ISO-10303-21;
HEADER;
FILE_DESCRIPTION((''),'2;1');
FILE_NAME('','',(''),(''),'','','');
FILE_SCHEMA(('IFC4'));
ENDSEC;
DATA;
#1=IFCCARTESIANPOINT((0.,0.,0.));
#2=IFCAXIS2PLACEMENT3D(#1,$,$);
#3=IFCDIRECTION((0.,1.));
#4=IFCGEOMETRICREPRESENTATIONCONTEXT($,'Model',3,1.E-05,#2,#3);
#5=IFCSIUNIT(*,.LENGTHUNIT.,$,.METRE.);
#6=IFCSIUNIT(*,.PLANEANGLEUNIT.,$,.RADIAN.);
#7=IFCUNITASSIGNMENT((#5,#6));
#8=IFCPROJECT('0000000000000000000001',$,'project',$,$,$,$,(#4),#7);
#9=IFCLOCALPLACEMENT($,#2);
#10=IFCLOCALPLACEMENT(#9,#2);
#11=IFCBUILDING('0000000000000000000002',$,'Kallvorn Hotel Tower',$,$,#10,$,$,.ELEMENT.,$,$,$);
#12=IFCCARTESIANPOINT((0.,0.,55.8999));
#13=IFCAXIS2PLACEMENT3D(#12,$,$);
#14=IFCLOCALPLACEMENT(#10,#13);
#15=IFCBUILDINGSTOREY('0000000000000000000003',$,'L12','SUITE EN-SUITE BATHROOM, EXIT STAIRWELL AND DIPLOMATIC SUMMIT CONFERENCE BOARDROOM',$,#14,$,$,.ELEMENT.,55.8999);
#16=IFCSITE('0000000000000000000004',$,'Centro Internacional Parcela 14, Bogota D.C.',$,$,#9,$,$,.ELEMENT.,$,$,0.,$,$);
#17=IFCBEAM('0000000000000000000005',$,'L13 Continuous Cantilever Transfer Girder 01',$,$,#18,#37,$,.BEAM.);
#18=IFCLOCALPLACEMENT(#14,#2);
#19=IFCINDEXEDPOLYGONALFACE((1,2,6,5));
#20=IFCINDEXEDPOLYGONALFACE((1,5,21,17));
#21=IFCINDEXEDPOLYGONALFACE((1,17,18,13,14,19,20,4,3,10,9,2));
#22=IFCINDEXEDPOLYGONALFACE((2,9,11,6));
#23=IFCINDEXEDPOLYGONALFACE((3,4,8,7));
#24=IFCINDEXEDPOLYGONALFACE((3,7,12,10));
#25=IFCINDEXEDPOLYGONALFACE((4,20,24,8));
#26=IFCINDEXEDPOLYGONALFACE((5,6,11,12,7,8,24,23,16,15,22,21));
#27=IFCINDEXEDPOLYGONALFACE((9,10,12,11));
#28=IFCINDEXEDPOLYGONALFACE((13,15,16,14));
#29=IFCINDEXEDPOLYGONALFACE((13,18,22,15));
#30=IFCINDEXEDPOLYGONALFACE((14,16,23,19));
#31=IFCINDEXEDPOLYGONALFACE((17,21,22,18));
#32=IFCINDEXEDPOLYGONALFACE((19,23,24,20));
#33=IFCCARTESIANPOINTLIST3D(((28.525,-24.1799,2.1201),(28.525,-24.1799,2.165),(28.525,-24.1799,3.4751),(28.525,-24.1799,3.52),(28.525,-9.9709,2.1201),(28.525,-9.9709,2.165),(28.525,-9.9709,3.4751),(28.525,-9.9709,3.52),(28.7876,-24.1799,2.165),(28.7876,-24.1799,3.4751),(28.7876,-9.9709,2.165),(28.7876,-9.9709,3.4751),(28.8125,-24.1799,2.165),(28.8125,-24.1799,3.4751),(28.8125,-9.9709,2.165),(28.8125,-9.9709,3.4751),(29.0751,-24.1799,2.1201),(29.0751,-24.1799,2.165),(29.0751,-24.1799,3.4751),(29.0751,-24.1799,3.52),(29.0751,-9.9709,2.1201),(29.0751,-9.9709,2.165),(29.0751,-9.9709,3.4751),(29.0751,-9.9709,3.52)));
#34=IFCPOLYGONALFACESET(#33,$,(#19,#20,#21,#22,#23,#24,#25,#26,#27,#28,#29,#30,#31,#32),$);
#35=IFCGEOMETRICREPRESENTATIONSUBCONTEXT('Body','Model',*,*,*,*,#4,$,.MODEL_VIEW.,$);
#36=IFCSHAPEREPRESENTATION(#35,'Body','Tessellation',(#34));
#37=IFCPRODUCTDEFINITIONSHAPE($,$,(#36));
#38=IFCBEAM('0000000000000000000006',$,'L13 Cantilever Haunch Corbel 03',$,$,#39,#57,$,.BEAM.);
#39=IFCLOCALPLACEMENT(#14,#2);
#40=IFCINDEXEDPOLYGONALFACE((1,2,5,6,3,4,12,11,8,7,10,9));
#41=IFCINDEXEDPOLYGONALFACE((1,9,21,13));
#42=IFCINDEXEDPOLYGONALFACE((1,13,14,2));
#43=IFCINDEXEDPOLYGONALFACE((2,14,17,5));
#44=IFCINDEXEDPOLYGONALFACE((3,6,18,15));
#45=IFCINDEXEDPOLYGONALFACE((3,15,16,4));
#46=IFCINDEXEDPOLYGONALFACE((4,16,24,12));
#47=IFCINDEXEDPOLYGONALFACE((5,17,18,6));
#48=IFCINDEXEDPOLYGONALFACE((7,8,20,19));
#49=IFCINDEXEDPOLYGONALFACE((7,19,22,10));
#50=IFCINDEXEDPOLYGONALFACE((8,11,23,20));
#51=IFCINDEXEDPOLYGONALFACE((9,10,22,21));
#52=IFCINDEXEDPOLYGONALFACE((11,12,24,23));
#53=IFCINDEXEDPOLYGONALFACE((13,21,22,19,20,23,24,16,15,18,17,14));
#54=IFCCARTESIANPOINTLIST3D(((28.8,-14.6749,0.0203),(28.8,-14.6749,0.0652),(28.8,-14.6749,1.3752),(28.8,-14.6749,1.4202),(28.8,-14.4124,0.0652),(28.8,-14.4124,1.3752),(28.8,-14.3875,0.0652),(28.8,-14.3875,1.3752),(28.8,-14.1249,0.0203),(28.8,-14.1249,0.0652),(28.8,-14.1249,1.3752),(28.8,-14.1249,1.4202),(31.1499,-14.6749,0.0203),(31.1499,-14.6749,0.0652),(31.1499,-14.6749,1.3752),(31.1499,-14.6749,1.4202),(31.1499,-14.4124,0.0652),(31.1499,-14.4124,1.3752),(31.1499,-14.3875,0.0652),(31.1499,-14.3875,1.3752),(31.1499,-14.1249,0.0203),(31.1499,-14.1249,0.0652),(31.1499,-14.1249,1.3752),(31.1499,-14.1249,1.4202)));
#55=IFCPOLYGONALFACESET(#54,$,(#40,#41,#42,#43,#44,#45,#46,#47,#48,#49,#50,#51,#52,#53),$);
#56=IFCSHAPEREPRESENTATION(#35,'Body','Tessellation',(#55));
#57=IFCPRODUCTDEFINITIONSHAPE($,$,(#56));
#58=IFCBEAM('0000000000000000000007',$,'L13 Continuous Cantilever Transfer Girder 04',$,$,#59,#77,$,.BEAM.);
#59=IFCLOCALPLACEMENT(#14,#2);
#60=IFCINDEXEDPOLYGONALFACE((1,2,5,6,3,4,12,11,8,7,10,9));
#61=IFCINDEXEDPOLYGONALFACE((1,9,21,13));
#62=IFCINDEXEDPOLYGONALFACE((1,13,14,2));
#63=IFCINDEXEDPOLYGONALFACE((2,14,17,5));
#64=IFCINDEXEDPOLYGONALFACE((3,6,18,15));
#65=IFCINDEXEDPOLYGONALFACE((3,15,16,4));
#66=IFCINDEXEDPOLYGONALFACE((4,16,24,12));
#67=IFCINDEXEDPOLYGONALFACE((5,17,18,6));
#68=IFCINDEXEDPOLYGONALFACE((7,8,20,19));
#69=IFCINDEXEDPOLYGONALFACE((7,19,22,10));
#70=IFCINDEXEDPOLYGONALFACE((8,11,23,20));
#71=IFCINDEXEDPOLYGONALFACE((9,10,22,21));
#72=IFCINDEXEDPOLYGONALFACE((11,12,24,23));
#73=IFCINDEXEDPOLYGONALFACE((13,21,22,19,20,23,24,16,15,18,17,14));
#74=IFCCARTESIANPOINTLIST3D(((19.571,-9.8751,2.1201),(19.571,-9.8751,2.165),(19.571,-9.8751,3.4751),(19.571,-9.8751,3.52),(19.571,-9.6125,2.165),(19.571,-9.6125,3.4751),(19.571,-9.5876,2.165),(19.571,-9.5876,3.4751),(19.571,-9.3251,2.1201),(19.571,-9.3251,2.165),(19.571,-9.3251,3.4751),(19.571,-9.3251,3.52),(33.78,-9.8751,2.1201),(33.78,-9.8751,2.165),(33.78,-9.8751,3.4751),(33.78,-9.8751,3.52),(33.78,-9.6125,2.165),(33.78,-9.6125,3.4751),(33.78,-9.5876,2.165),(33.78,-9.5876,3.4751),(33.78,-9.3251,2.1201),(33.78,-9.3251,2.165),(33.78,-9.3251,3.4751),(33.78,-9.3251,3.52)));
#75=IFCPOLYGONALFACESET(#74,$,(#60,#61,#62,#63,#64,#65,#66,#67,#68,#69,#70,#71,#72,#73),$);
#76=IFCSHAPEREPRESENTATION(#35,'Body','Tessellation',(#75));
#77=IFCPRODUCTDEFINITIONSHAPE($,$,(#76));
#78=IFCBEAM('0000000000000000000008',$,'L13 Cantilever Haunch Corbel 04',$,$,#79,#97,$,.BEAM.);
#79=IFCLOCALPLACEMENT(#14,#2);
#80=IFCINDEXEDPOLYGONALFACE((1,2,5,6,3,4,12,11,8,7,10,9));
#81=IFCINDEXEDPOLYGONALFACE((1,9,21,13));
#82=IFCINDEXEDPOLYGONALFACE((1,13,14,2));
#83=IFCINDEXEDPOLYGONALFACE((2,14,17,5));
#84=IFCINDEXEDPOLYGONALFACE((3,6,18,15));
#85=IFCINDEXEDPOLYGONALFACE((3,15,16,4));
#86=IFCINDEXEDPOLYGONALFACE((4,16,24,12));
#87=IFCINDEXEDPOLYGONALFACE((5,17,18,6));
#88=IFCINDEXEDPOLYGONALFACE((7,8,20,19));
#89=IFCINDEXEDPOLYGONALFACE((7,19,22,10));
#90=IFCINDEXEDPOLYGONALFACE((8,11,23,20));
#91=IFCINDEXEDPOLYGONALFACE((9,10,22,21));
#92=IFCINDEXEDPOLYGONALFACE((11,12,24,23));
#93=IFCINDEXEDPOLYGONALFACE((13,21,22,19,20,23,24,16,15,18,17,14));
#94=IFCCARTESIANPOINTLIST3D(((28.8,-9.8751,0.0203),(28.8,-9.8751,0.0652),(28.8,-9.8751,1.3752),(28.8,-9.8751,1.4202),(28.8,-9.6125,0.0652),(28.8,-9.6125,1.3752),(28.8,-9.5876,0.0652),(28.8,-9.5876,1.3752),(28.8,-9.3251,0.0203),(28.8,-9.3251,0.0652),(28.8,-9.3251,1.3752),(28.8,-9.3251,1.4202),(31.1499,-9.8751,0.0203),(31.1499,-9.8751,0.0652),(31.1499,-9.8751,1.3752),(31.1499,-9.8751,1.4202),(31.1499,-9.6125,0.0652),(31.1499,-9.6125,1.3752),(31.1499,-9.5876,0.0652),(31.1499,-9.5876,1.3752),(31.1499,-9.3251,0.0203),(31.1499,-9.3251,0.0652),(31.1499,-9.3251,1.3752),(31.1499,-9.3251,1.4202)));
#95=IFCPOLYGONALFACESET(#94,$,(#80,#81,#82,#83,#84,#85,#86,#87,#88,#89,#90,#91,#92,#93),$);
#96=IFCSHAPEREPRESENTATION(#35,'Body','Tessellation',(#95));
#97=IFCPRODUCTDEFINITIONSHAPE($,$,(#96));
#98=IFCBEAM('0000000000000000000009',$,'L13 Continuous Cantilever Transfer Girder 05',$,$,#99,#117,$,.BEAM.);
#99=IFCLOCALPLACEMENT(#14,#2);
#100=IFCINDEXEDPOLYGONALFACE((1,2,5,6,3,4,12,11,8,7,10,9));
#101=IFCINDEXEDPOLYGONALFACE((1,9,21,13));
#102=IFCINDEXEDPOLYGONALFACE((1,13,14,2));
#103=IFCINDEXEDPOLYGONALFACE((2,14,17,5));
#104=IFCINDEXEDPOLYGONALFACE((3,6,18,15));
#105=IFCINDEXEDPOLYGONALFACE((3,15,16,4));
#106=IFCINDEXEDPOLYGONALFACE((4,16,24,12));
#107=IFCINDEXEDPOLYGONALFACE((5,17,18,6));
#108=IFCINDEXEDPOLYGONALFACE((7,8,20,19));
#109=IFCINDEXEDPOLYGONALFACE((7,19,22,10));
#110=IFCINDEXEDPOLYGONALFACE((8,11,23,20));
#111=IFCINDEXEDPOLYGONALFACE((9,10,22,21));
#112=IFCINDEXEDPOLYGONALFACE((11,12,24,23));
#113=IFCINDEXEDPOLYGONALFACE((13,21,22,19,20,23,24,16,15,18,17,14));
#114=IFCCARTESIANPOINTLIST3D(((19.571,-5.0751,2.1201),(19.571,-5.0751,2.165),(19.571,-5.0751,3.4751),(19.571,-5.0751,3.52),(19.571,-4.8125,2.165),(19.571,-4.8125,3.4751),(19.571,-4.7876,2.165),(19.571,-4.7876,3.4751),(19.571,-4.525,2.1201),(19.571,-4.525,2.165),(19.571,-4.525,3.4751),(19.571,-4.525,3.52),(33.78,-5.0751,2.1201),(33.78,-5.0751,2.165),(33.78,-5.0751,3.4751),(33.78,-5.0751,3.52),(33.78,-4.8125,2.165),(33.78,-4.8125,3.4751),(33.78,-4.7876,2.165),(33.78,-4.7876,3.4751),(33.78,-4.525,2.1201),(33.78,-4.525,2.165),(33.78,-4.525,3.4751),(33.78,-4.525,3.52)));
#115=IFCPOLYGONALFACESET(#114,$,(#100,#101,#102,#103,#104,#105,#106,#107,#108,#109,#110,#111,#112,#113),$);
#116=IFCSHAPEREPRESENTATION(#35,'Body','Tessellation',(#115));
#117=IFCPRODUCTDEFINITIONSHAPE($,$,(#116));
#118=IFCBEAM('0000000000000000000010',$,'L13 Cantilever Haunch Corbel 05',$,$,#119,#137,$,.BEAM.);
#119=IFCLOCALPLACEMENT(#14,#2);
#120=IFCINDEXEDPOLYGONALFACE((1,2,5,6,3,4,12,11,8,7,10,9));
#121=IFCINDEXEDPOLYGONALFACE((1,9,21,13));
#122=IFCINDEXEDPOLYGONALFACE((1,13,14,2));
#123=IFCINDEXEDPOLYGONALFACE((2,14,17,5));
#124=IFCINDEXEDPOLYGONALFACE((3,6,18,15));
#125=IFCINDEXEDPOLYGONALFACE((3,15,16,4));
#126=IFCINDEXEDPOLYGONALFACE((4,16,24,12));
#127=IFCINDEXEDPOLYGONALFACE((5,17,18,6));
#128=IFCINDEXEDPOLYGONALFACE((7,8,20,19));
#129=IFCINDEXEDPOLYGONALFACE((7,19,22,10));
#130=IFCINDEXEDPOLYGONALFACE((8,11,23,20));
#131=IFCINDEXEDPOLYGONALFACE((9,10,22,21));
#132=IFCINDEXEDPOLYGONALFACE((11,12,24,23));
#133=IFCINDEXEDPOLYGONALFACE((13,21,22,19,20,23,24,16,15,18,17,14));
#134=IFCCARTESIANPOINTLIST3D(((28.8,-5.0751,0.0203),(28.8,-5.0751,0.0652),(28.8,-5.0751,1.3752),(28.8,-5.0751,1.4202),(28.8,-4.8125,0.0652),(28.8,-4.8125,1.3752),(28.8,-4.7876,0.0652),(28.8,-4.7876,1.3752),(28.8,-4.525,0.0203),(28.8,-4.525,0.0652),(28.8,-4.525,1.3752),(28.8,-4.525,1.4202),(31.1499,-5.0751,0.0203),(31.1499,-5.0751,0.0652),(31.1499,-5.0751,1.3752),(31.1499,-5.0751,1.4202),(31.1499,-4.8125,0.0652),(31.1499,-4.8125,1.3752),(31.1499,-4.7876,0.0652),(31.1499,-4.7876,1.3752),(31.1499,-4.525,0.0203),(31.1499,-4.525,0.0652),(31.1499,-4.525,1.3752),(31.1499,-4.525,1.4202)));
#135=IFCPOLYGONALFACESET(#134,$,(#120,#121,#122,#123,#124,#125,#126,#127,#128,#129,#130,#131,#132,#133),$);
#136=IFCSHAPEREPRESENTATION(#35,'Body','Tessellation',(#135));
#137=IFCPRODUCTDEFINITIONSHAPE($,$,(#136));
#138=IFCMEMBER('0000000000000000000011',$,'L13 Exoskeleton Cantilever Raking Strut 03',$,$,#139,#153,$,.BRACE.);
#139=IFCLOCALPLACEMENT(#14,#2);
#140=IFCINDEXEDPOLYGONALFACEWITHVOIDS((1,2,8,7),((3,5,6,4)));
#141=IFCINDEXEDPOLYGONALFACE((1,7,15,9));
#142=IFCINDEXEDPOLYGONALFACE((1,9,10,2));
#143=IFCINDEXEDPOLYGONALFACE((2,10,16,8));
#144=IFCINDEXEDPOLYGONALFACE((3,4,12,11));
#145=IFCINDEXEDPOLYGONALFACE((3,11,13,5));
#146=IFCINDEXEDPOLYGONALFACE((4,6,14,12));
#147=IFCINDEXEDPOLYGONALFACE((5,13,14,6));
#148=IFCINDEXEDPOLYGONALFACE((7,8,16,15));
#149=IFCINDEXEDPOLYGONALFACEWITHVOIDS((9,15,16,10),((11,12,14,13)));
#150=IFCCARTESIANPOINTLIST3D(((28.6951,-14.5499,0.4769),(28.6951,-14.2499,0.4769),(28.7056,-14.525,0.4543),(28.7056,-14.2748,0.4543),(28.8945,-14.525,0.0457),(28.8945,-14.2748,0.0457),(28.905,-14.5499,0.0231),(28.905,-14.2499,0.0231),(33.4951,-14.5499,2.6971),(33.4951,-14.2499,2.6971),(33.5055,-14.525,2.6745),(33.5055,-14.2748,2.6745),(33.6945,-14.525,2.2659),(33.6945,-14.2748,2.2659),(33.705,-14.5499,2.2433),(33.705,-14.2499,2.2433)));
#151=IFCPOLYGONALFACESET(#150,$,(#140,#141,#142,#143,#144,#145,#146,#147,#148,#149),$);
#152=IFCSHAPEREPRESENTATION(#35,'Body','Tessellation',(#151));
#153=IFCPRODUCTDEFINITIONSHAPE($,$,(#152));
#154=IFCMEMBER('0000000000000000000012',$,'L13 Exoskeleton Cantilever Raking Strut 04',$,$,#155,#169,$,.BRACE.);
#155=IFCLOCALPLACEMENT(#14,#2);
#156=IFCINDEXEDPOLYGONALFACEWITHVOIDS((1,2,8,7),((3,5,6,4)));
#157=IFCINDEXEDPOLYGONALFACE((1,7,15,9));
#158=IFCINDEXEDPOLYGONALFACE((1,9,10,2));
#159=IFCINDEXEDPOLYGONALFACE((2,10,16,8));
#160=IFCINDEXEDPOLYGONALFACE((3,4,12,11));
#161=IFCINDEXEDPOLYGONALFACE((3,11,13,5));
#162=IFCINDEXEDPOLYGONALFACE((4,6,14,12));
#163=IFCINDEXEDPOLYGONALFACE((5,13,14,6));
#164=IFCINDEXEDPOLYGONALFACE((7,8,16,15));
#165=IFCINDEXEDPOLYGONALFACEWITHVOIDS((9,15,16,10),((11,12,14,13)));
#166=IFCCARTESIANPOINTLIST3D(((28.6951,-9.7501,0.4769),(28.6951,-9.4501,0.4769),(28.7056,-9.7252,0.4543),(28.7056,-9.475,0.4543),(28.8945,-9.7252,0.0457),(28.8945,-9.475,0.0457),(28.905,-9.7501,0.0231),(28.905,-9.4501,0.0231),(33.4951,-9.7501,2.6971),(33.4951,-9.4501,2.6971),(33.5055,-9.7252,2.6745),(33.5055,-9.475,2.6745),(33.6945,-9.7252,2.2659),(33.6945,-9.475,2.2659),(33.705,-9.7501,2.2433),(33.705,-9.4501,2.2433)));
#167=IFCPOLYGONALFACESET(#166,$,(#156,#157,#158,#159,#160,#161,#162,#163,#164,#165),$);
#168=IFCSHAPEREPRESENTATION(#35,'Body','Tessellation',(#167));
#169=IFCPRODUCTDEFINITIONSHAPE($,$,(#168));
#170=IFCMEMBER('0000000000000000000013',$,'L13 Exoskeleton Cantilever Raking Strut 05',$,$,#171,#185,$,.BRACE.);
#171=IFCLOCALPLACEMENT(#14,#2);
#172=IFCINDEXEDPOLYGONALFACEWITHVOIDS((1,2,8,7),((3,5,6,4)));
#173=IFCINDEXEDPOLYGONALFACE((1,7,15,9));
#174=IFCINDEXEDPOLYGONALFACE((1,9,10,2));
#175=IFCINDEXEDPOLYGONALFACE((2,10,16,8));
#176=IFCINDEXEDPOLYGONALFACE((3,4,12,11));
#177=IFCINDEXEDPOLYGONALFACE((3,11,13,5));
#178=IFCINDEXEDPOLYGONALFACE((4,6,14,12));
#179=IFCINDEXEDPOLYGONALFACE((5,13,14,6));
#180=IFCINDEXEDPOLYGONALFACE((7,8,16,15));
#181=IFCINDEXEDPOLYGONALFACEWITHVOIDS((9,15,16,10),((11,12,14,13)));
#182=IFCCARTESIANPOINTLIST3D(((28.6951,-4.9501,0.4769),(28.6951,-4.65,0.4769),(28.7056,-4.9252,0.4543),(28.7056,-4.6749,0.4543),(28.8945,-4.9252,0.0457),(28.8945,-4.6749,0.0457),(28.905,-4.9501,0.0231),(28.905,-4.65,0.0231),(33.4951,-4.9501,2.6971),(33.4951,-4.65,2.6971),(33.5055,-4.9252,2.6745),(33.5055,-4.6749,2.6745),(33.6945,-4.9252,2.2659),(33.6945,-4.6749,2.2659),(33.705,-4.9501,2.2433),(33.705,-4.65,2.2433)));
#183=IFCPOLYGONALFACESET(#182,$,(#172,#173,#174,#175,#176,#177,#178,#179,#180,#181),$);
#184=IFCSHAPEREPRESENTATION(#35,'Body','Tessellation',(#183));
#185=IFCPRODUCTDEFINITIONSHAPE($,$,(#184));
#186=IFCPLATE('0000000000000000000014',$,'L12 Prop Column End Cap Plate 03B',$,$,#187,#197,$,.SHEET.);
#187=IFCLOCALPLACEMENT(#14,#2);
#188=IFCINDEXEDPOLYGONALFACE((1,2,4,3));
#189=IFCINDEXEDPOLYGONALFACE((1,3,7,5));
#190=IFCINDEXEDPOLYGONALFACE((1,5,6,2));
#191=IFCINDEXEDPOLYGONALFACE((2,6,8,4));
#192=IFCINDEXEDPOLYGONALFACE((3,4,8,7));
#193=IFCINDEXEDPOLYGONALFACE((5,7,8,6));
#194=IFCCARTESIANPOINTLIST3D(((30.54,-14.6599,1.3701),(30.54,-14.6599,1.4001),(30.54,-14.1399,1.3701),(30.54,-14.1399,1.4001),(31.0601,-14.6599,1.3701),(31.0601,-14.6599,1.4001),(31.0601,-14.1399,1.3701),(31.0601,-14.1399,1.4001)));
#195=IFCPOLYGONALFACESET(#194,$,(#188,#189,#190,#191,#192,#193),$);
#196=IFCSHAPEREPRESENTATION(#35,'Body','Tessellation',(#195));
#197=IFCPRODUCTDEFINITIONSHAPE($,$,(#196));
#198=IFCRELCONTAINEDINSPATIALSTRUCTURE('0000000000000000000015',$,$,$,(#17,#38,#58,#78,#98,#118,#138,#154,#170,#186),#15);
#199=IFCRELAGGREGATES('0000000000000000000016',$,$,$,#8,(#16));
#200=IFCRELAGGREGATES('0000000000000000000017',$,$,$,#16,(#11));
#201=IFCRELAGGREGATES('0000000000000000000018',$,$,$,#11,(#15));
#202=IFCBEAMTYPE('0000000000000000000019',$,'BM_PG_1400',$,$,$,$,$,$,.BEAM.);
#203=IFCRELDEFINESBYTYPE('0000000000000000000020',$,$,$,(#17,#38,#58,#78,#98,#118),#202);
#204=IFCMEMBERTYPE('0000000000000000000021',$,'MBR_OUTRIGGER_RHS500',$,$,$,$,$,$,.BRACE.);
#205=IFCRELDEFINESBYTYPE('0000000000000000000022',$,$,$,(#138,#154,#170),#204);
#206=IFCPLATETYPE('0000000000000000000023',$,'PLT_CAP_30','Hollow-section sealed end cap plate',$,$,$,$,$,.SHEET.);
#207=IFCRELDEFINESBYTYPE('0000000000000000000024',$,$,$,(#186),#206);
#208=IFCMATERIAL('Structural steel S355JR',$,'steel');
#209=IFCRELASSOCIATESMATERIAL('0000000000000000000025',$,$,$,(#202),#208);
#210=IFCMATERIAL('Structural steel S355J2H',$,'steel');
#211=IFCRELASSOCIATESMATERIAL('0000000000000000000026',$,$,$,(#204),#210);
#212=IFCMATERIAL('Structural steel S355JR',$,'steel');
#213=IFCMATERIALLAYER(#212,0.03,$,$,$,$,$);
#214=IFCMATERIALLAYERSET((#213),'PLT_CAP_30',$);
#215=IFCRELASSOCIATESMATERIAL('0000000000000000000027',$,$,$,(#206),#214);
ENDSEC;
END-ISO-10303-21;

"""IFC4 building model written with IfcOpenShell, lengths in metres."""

from ifc_helpers import new_model, si_unit, direction, frame, origin, origin_2d, place, context, subcontext, project, spatial, rectangle, hollow_rectangle, i_section, extrude, material, layer, layer_set, material_profile, profile_set, type_object, element, save


model = new_model("IFC4")

# Units and contexts
model_context = context("Model", 3, precision=1e-05, world=origin(), true_north=direction((0.0, 1.0)))
body_context = subcontext(model_context, "Body", "Model", "MODEL_VIEW")
ifc_project = project(units=[si_unit("LENGTHUNIT", "METRE"), si_unit("PLANEANGLEUNIT", "RADIAN")], contexts=[model_context])

# Site, building, storey
site_placement = place(None, origin())
site = spatial("IfcSite", under=ifc_project, at=site_placement, Name="Centro Internacional Parcela 14, Bogota D.C.", CompositionType="ELEMENT", RefElevation=0.0)
building_placement = place(site_placement, origin())
building = spatial("IfcBuilding", under=site, at=building_placement, Name="Kallvorn Hotel Tower", CompositionType="ELEMENT")
storey_placement = place(building_placement, frame((0.0, 0.0, 55.8999)))
storey = spatial("IfcBuildingStorey", under=building, at=storey_placement, Name="L12", Description="SUITE EN-SUITE BATHROOM, EXIT STAIRWELL AND DIPLOMATIC SUMMIT CONFERENCE BOARDROOM", CompositionType="ELEMENT", Elevation=55.8999)

# Beams
ifc_material_1 = material(Name="Structural steel S355JR", Category="steel")
ifc_material_profile_1 = material_profile(ifc_material_1, i_section(OverallWidth=0.55, OverallDepth=1.3999, WebThickness=0.0249, FlangeThickness=0.0449, at=origin_2d()), Name="PG 1400x550x25x45")
ifc_profile_set_1 = profile_set([ifc_material_profile_1], Name="Structural steel S355JR")
beam_type_1 = type_object("IfcBeamType", Name="BM_PG_1400", PredefinedType="BEAM", material=ifc_profile_set_1)
beam_1_placement = place(storey_placement, frame((28.8, -9.9709, 2.8201), z_axis=(0.0, -1.0, 0.0), x_axis=(1.0, 0.0, 0.0)))
element("IfcBeam", 1, at=beam_1_placement, inside=storey, type_object=beam_type_1, Name="L13 Continuous Cantilever Transfer Girder 01", PredefinedType="BEAM", context=body_context, shape_type="SweptSolid", body=[
    extrude(i_section(OverallWidth=0.55, OverallDepth=1.3999, WebThickness=0.0249, FlangeThickness=0.0449, at=origin_2d()), origin(), (0.0, 0.0, 1.0), 14.209),
])
beam_2_placement = place(storey_placement, frame((28.8, -14.3999, 0.7202), z_axis=(1.0, 0.0, 0.0), x_axis=(0.0, 1.0, 0.0)))
element("IfcBeam", 2, at=beam_2_placement, inside=storey, type_object=beam_type_1, Name="L13 Cantilever Haunch Corbel 03", PredefinedType="BEAM", context=body_context, shape_type="SweptSolid", body=[
    extrude(i_section(OverallWidth=0.55, OverallDepth=1.3999, WebThickness=0.0249, FlangeThickness=0.0449, at=origin_2d()), origin(), (0.0, 0.0, 1.0), 2.3499),
])
beam_3_placement = place(storey_placement, frame((19.571, -9.6001, 2.8201), z_axis=(1.0, 0.0, 0.0), x_axis=(0.0, 1.0, 0.0)))
element("IfcBeam", 3, at=beam_3_placement, inside=storey, type_object=beam_type_1, Name="L13 Continuous Cantilever Transfer Girder 04", PredefinedType="BEAM", context=body_context, shape_type="SweptSolid", body=[
    extrude(i_section(OverallWidth=0.55, OverallDepth=1.3999, WebThickness=0.0249, FlangeThickness=0.0449, at=origin_2d()), origin(), (0.0, 0.0, 1.0), 14.209),
])
beam_4_placement = place(storey_placement, frame((28.8, -9.6001, 0.7202), z_axis=(1.0, 0.0, 0.0), x_axis=(0.0, 1.0, 0.0)))
element("IfcBeam", 4, at=beam_4_placement, inside=storey, type_object=beam_type_1, Name="L13 Cantilever Haunch Corbel 04", PredefinedType="BEAM", context=body_context, shape_type="SweptSolid", body=[
    extrude(i_section(OverallWidth=0.55, OverallDepth=1.3999, WebThickness=0.0249, FlangeThickness=0.0449, at=origin_2d()), origin(), (0.0, 0.0, 1.0), 2.3499),
])
beam_5_placement = place(storey_placement, frame((19.571, -4.8, 2.8201), z_axis=(1.0, 0.0, 0.0), x_axis=(0.0, 1.0, 0.0)))
element("IfcBeam", 5, at=beam_5_placement, inside=storey, type_object=beam_type_1, Name="L13 Continuous Cantilever Transfer Girder 05", PredefinedType="BEAM", context=body_context, shape_type="SweptSolid", body=[
    extrude(i_section(OverallWidth=0.55, OverallDepth=1.3999, WebThickness=0.0249, FlangeThickness=0.0449, at=origin_2d()), origin(), (0.0, 0.0, 1.0), 14.209),
])
beam_6_placement = place(storey_placement, frame((28.8, -4.8, 0.7202), z_axis=(1.0, 0.0, 0.0), x_axis=(0.0, 1.0, 0.0)))
element("IfcBeam", 6, at=beam_6_placement, inside=storey, type_object=beam_type_1, Name="L13 Cantilever Haunch Corbel 05", PredefinedType="BEAM", context=body_context, shape_type="SweptSolid", body=[
    extrude(i_section(OverallWidth=0.55, OverallDepth=1.3999, WebThickness=0.0249, FlangeThickness=0.0449, at=origin_2d()), origin(), (0.0, 0.0, 1.0), 2.3499),
])

# Members
ifc_material_2 = material(Name="Structural steel S355J2H", Category="steel")
ifc_material_profile_2 = material_profile(ifc_material_2, hollow_rectangle(XDim=0.3, YDim=0.5, WallThickness=0.0249, at=origin_2d()), Name="RHS 500x300x25")
ifc_profile_set_2 = profile_set([ifc_material_profile_2], Name="Structural steel S355J2H")
member_type = type_object("IfcMemberType", Name="MBR_OUTRIGGER_RHS500", PredefinedType="BRACE", material=ifc_profile_set_2)
for number, where, z_axis, x_axis, name in (
    (7, (28.8, -14.3999, 0.25), (0.907613, 0.0, 0.419807), (0.0, 1.0, 0.0), "L13 Exoskeleton Cantilever Raking Strut 03"),
    (8, (28.8, -9.6001, 0.25), (0.907613, 0.0, 0.419807), (0.0, 1.0, 0.0), "L13 Exoskeleton Cantilever Raking Strut 04"),
    (9, (28.8, -4.8, 0.25), (0.907613, 0.0, 0.419807), (0.0, 1.0, 0.0), "L13 Exoskeleton Cantilever Raking Strut 05"),
):
    element("IfcMember", number, at=place(storey_placement, frame(where, z_axis=z_axis, x_axis=x_axis)), inside=storey, type_object=member_type, Name=name, PredefinedType="BRACE", context=body_context, shape_type="SweptSolid", body=[
        extrude(hollow_rectangle(XDim=0.3, YDim=0.5, WallThickness=0.0249, at=origin_2d()), origin(), (0.0, 0.0, 1.0), 5.2886),
    ])

# Plate
ifc_material_3 = material(Name="Structural steel S355JR", Category="steel")
ifc_layer_1 = layer(ifc_material_3, 0.03)
ifc_layer_set_1 = layer_set([ifc_layer_1], Name="PLT_CAP_30")
plate_type = type_object("IfcPlateType", Name="PLT_CAP_30", Description="Hollow-section sealed end cap plate", PredefinedType="SHEET", material=ifc_layer_set_1)
for number, where, z_axis, x_axis, name in (
    (10, (30.8, -14.3999, 1.3701), (0.0, 0.0, 1.0), (1.0, 0.0, 0.0), "L12 Prop Column End Cap Plate 03B"),
):
    element("IfcPlate", number, at=place(storey_placement, frame(where, z_axis=z_axis, x_axis=x_axis)), inside=storey, type_object=plate_type, Name=name, PredefinedType="SHEET", context=body_context, shape_type="SweptSolid", body=[
        extrude(rectangle(XDim=0.52, YDim=0.52, at=origin_2d()), origin(), (0.0, 0.0, 1.0), 0.03),
    ])

save(model, "model.ifc")
